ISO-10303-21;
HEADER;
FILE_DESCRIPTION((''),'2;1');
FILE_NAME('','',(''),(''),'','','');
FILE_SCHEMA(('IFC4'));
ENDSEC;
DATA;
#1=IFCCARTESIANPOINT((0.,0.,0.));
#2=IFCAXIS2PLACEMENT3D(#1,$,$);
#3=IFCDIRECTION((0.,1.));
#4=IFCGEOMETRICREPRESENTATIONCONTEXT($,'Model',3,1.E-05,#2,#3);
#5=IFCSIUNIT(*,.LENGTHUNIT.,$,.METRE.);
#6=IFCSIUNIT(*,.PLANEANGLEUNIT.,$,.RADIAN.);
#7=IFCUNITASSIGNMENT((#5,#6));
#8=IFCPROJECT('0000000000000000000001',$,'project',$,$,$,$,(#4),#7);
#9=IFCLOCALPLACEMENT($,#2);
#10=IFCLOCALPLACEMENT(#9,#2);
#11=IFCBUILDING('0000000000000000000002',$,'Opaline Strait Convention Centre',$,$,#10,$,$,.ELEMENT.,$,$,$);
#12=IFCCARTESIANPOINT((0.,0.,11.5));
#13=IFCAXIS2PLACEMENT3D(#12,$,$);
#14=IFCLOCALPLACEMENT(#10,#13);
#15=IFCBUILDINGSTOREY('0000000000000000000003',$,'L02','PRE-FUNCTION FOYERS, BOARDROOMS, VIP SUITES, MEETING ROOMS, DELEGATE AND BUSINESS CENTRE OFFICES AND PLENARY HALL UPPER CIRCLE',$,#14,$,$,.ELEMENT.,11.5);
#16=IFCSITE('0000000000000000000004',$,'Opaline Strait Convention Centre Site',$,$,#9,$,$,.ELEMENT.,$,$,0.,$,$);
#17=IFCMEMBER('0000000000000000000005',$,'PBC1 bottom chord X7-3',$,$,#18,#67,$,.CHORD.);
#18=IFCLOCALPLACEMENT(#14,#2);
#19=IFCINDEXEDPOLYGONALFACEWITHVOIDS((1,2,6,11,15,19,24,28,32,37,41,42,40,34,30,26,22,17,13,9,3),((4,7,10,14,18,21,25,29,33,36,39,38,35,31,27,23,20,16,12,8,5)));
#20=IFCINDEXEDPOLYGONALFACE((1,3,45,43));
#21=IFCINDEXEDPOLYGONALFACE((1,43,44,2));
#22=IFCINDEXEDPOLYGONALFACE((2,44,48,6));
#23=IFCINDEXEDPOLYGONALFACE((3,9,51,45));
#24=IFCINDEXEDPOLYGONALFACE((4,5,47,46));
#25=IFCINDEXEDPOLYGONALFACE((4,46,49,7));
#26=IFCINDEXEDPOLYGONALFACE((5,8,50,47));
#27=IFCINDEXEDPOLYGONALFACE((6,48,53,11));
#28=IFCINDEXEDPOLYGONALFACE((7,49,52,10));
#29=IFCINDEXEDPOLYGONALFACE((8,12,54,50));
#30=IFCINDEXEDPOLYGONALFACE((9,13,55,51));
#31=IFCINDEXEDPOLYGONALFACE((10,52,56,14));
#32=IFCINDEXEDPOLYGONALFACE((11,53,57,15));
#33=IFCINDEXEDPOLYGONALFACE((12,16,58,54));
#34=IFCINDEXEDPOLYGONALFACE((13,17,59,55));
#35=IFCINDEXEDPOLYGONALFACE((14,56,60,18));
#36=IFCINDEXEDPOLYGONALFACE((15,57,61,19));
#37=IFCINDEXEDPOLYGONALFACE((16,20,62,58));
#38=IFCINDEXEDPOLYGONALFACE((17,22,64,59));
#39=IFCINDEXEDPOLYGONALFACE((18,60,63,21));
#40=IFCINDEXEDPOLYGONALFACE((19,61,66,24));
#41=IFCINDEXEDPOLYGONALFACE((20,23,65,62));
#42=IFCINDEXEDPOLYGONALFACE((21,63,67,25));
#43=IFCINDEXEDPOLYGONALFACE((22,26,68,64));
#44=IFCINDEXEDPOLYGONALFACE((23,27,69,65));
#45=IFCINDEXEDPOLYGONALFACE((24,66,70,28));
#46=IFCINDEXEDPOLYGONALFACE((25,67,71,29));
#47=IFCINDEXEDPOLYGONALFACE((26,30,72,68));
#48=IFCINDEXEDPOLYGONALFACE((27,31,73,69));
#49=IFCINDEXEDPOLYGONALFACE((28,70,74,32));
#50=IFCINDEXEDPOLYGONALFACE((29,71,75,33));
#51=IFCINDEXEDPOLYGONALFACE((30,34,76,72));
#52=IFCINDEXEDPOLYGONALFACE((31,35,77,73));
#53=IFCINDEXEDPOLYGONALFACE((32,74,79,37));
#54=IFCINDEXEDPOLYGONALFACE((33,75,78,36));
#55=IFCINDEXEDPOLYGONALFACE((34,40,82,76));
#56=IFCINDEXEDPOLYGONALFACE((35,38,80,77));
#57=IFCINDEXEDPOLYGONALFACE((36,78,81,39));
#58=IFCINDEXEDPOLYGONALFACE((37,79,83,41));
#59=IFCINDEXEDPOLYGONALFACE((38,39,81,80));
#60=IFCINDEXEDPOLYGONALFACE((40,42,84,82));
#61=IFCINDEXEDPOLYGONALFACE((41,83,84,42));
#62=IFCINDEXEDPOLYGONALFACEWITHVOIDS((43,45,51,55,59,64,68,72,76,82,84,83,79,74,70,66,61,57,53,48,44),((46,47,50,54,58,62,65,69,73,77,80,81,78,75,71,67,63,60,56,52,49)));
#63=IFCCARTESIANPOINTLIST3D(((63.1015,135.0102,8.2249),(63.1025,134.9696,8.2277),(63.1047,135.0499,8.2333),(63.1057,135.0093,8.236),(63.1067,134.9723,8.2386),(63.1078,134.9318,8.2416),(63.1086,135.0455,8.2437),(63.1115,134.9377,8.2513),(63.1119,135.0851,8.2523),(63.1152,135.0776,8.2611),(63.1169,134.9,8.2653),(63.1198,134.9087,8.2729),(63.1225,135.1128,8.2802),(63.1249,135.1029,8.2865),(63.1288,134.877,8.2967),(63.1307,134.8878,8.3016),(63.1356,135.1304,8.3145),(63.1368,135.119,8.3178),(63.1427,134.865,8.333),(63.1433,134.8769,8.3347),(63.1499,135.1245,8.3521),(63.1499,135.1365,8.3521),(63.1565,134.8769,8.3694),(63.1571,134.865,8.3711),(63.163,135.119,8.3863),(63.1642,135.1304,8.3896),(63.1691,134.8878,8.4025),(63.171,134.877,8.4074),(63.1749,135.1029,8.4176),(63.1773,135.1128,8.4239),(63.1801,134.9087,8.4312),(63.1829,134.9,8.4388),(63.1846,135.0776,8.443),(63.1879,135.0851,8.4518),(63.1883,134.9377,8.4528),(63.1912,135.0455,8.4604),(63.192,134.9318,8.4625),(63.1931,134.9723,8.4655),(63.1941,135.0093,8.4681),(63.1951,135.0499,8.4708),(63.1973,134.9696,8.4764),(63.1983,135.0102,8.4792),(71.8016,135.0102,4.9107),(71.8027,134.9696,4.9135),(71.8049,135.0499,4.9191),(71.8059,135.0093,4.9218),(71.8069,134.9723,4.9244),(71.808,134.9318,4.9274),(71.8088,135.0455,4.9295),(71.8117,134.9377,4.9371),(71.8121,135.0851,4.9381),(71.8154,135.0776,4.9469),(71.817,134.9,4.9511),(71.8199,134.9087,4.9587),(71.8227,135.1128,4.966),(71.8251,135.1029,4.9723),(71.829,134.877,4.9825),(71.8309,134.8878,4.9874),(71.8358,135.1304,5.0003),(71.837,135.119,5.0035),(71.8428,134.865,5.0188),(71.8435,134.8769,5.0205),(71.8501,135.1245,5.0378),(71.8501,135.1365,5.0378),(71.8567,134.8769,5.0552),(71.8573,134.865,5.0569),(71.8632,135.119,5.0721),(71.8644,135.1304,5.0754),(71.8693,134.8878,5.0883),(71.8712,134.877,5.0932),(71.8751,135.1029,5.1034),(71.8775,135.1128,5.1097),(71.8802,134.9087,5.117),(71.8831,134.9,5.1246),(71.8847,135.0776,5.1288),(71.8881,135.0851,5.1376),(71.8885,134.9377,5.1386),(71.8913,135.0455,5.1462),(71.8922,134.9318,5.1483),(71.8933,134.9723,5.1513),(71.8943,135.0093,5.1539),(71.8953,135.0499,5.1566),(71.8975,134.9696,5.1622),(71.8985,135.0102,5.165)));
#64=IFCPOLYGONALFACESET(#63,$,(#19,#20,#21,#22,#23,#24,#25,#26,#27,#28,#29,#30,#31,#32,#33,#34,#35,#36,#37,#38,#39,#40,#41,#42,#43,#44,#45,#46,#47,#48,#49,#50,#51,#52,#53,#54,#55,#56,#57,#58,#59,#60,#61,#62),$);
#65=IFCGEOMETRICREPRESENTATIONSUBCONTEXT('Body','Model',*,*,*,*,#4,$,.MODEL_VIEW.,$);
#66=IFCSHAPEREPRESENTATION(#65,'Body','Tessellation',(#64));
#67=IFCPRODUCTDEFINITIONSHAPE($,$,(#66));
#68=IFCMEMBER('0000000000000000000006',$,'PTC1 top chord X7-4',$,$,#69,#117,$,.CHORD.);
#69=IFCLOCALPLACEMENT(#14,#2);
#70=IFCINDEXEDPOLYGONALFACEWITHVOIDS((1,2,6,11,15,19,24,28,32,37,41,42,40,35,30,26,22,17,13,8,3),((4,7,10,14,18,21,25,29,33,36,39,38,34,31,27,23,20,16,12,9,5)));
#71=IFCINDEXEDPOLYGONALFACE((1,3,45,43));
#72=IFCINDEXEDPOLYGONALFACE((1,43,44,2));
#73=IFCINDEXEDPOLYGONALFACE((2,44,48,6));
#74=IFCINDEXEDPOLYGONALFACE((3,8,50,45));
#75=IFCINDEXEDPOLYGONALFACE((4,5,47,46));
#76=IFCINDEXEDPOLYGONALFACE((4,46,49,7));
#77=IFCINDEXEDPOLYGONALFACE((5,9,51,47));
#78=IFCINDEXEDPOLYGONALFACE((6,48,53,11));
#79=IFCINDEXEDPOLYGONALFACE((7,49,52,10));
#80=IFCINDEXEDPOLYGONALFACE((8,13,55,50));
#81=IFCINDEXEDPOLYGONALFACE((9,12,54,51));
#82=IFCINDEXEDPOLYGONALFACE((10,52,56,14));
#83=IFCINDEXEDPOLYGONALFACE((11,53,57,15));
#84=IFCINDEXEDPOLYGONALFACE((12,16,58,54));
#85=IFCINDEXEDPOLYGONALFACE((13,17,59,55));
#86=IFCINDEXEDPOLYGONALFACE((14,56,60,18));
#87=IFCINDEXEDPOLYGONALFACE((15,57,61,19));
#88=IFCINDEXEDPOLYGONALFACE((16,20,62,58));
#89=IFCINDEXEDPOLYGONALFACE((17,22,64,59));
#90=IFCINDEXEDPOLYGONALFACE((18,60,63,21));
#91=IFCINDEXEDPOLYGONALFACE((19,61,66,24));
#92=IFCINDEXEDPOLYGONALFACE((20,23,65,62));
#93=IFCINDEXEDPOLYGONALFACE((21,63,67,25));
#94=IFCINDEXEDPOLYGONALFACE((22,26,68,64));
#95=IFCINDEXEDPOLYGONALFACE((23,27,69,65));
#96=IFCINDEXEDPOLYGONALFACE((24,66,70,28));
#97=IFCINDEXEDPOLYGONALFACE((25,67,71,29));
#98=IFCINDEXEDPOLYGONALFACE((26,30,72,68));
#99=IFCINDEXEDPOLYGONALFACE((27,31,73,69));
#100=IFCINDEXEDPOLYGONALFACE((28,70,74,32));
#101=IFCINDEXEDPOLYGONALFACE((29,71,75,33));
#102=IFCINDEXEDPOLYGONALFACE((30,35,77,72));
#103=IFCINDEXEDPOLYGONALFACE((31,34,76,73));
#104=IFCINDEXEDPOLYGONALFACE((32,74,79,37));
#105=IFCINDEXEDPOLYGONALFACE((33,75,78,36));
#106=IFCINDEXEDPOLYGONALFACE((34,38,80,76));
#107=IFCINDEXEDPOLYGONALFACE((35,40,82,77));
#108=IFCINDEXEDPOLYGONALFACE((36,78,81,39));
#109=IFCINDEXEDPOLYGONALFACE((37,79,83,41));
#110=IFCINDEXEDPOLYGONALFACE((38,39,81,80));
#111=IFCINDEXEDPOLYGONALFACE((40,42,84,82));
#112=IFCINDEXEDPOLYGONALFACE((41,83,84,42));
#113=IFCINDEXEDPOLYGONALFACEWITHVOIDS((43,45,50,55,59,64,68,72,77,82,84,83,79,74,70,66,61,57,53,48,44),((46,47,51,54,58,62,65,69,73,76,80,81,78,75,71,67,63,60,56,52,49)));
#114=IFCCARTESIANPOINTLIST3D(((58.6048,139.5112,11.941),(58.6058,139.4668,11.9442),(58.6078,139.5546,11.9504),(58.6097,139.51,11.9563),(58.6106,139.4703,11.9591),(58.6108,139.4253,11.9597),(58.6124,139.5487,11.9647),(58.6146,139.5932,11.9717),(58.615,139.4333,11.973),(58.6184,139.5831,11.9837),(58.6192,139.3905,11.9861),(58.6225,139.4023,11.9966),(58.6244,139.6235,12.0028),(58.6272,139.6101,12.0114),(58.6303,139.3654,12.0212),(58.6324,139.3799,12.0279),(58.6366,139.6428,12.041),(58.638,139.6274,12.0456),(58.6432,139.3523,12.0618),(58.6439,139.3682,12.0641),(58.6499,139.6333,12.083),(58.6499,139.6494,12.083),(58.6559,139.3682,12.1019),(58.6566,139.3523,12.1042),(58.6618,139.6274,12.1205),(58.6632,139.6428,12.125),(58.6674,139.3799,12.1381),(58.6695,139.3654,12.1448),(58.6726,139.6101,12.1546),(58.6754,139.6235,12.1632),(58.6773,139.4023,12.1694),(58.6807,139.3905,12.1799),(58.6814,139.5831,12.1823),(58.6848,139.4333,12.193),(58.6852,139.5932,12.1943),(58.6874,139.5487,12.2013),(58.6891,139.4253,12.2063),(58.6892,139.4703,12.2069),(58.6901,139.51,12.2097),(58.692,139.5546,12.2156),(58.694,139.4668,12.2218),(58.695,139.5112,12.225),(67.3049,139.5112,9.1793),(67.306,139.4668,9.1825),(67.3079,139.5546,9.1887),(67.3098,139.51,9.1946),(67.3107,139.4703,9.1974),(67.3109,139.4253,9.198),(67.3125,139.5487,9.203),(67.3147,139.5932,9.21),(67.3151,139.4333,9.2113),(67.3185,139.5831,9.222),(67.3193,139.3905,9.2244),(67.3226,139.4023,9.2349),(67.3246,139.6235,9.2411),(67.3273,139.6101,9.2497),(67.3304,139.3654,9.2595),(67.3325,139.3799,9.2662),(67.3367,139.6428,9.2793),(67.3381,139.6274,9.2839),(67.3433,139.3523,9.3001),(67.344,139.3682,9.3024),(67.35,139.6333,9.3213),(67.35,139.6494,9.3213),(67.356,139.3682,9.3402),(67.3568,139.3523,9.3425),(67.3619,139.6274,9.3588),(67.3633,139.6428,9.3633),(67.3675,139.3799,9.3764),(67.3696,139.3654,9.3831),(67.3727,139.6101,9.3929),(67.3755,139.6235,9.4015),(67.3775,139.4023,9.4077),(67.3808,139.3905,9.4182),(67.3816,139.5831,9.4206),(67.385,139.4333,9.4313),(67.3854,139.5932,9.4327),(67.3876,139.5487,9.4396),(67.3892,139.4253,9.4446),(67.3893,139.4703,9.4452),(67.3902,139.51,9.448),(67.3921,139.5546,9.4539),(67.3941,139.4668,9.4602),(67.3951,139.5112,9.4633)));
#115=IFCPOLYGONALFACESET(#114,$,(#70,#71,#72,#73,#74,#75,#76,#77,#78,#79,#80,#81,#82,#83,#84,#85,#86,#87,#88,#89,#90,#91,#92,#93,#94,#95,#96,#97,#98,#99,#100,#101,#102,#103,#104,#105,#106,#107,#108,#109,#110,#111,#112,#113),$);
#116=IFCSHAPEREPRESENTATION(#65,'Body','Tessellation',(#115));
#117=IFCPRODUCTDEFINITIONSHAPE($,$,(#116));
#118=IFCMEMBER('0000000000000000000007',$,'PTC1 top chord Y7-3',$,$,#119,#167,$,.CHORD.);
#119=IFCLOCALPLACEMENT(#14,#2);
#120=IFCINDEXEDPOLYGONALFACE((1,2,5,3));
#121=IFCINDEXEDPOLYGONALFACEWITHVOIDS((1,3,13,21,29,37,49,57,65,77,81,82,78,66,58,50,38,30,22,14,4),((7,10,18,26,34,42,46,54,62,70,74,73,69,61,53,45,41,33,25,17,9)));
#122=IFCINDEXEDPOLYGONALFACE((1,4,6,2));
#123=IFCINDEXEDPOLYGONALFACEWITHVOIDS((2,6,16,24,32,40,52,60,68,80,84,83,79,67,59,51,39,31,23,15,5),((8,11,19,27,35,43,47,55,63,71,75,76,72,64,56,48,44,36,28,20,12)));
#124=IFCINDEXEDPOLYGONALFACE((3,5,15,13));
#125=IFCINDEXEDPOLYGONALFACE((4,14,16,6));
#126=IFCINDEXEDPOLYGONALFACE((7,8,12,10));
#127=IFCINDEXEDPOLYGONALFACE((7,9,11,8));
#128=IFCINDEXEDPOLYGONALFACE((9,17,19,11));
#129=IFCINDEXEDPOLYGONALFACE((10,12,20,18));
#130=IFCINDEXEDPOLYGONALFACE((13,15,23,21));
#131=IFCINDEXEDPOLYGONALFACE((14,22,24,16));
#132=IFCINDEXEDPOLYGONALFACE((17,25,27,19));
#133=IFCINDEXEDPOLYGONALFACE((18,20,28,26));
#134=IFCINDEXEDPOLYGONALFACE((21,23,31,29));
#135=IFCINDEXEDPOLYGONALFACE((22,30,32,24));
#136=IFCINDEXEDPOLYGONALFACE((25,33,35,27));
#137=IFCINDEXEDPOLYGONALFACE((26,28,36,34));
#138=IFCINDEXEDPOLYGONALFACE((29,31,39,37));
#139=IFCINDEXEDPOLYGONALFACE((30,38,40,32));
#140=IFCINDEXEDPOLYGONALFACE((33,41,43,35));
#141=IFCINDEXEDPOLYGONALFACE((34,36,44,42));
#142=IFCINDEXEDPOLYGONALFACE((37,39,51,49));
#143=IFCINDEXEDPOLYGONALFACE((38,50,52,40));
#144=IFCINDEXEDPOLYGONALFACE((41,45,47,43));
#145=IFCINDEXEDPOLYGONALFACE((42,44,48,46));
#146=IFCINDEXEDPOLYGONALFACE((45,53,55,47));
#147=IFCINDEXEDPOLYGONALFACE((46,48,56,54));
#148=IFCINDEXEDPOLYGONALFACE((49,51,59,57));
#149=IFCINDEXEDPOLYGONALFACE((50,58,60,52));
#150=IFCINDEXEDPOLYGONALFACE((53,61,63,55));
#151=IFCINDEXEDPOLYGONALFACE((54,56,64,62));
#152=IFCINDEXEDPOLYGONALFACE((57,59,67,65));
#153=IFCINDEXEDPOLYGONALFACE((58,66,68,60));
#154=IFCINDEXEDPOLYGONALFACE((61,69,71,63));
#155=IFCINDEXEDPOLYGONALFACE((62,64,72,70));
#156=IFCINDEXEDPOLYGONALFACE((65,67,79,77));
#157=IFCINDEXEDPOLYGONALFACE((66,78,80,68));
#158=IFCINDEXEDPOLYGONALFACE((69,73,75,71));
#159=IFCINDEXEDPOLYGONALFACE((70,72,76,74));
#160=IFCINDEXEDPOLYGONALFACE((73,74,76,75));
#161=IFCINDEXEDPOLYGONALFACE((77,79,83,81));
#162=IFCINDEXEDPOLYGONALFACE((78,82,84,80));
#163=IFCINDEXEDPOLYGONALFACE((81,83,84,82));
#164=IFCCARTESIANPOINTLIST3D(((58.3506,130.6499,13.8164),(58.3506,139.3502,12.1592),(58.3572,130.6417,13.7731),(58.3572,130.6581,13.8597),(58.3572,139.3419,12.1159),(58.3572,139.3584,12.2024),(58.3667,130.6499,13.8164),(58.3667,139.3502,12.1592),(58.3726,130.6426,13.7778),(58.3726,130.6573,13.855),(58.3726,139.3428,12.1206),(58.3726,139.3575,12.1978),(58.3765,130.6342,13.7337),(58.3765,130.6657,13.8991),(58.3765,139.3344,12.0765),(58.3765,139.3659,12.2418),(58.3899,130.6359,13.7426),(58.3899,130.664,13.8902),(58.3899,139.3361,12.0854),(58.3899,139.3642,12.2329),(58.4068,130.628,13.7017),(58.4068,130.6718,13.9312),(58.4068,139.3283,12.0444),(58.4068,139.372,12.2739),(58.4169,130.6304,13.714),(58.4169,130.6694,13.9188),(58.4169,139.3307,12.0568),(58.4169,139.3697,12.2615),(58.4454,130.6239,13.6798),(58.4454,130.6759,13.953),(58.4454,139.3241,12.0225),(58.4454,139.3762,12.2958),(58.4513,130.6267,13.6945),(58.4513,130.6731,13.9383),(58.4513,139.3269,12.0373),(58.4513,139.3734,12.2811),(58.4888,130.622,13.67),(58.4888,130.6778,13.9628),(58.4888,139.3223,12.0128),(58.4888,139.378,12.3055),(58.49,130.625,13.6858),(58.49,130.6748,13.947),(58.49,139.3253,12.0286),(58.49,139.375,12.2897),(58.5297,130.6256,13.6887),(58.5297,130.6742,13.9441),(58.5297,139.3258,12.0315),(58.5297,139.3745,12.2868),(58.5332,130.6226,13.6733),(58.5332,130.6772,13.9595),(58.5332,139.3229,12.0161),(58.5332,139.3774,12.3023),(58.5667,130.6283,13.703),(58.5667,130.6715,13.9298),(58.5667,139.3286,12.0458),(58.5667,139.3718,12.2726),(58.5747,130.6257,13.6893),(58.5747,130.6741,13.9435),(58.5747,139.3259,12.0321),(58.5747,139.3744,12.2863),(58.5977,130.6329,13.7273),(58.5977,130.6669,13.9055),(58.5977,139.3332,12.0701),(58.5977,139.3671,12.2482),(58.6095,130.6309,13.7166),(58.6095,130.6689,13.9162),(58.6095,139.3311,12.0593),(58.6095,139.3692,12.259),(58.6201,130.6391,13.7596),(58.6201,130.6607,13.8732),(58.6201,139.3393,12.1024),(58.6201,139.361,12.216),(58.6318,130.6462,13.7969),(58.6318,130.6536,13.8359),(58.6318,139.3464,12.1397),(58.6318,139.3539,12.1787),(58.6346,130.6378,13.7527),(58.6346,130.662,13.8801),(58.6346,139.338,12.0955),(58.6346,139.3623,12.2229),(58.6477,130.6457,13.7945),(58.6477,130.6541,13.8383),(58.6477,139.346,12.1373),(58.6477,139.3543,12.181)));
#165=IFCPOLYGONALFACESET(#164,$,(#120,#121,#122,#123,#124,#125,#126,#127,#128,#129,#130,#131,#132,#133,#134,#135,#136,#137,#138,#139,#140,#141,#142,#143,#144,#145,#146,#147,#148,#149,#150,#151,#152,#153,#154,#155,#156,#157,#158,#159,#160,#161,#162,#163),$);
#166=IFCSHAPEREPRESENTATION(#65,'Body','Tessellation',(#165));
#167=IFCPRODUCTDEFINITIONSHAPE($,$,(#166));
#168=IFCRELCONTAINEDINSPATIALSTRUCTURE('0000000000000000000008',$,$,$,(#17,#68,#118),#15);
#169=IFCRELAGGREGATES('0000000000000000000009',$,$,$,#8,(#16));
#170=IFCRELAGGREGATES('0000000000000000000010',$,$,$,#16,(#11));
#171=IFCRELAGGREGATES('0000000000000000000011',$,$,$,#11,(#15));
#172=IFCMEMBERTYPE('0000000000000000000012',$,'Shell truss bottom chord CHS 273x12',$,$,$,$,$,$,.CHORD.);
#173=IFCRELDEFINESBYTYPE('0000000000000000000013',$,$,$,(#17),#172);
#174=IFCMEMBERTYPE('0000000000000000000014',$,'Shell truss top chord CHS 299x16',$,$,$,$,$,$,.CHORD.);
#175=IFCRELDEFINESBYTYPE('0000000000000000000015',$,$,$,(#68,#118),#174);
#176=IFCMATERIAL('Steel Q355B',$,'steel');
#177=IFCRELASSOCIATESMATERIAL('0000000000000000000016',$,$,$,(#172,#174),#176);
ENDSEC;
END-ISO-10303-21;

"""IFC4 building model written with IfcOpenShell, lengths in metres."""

from ifc_helpers import new_model, si_unit, direction, frame, origin, origin_2d, place, context, subcontext, project, spatial, hollow_circle, extrude, material, material_profile, profile_set, type_object, element, save


model = new_model("IFC4")

# Units and contexts
model_context = context("Model", 3, precision=1e-05, world=origin(), true_north=direction((0.0, 1.0)))
body_context = subcontext(model_context, "Body", "Model", "MODEL_VIEW")
ifc_project = project(units=[si_unit("LENGTHUNIT", "METRE"), si_unit("PLANEANGLEUNIT", "RADIAN")], contexts=[model_context])

# Site, building, storey
site_placement = place(None, origin())
site = spatial("IfcSite", under=ifc_project, at=site_placement, Name="Opaline Strait Convention Centre Site", CompositionType="ELEMENT", RefElevation=0.0)
building_placement = place(site_placement, origin())
building = spatial("IfcBuilding", under=site, at=building_placement, Name="Opaline Strait Convention Centre", CompositionType="ELEMENT")
storey_placement = place(building_placement, frame((0.0, 0.0, 11.5)))
storey = spatial("IfcBuildingStorey", under=building, at=storey_placement, Name="L02", Description="PRE-FUNCTION FOYERS, BOARDROOMS, VIP SUITES, MEETING ROOMS, DELEGATE AND BUSINESS CENTRE OFFICES AND PLENARY HALL UPPER CIRCLE", CompositionType="ELEMENT", Elevation=11.5)

# Members
ifc_material_1 = material(Name="Steel Q355B", Category="steel")
ifc_material_profile_1 = material_profile(ifc_material_1, hollow_circle(Radius=0.1365, WallThickness=0.012, at=origin_2d()), Name="CHS 273x12")
ifc_profile_set_1 = profile_set([ifc_material_profile_1], Name="Steel Q355B")
member_type_1 = type_object("IfcMemberType", Name="Shell truss bottom chord CHS 273x12", PredefinedType="CHORD", material=ifc_profile_set_1)
member_1_placement = place(storey_placement, frame((63.1499, 135.0, 8.3521), z_axis=(0.934493, 0.0, -0.355981), x_axis=(0.0, 1.0, 0.0)))
element("IfcMember", 1, at=member_1_placement, inside=storey, type_object=member_type_1, Name="PBC1 bottom chord X7-3", PredefinedType="CHORD", context=body_context, shape_type="SweptSolid", body=[
    extrude(hollow_circle(Radius=0.1365, WallThickness=0.012, at=origin_2d()), origin(), (0.0, 0.0, 1.0), 9.3101),
])
ifc_material_profile_2 = material_profile(ifc_material_1, hollow_circle(Radius=0.1494, WallThickness=0.0161, at=origin_2d()), Name="CHS 299x16")
ifc_profile_set_2 = profile_set([ifc_material_profile_2], Name="Steel Q355B")
member_type_2 = type_object("IfcMemberType", Name="Shell truss top chord CHS 299x16", PredefinedType="CHORD", material=ifc_profile_set_2)
member_2_placement = place(storey_placement, frame((58.6499, 139.5, 12.083), z_axis=(0.953132, 0.0, -0.302554), x_axis=(0.0, 1.0, 0.0)))
element("IfcMember", 2, at=member_2_placement, inside=storey, type_object=member_type_2, Name="PTC1 top chord X7-4", PredefinedType="CHORD", context=body_context, shape_type="SweptSolid", body=[
    extrude(hollow_circle(Radius=0.1494, WallThickness=0.0161, at=origin_2d()), origin(), (0.0, 0.0, 1.0), 9.1279),
])
for number, where, z_axis, x_axis, name in (
    (3, (58.5, 130.6499, 13.8164), (0.0, 0.982338, -0.187117), (-1.0, 0.0, 0.0), "PTC1 top chord Y7-3"),
):
    element("IfcMember", number, at=place(storey_placement, frame(where, z_axis=z_axis, x_axis=x_axis)), inside=storey, type_object=member_type_2, Name=name, PredefinedType="CHORD", context=body_context, shape_type="SweptSolid", body=[
        extrude(hollow_circle(Radius=0.1494, WallThickness=0.0161, at=origin_2d()), origin(), (0.0, 0.0, 1.0), 8.8567),
    ])

save(model, "model.ifc")
